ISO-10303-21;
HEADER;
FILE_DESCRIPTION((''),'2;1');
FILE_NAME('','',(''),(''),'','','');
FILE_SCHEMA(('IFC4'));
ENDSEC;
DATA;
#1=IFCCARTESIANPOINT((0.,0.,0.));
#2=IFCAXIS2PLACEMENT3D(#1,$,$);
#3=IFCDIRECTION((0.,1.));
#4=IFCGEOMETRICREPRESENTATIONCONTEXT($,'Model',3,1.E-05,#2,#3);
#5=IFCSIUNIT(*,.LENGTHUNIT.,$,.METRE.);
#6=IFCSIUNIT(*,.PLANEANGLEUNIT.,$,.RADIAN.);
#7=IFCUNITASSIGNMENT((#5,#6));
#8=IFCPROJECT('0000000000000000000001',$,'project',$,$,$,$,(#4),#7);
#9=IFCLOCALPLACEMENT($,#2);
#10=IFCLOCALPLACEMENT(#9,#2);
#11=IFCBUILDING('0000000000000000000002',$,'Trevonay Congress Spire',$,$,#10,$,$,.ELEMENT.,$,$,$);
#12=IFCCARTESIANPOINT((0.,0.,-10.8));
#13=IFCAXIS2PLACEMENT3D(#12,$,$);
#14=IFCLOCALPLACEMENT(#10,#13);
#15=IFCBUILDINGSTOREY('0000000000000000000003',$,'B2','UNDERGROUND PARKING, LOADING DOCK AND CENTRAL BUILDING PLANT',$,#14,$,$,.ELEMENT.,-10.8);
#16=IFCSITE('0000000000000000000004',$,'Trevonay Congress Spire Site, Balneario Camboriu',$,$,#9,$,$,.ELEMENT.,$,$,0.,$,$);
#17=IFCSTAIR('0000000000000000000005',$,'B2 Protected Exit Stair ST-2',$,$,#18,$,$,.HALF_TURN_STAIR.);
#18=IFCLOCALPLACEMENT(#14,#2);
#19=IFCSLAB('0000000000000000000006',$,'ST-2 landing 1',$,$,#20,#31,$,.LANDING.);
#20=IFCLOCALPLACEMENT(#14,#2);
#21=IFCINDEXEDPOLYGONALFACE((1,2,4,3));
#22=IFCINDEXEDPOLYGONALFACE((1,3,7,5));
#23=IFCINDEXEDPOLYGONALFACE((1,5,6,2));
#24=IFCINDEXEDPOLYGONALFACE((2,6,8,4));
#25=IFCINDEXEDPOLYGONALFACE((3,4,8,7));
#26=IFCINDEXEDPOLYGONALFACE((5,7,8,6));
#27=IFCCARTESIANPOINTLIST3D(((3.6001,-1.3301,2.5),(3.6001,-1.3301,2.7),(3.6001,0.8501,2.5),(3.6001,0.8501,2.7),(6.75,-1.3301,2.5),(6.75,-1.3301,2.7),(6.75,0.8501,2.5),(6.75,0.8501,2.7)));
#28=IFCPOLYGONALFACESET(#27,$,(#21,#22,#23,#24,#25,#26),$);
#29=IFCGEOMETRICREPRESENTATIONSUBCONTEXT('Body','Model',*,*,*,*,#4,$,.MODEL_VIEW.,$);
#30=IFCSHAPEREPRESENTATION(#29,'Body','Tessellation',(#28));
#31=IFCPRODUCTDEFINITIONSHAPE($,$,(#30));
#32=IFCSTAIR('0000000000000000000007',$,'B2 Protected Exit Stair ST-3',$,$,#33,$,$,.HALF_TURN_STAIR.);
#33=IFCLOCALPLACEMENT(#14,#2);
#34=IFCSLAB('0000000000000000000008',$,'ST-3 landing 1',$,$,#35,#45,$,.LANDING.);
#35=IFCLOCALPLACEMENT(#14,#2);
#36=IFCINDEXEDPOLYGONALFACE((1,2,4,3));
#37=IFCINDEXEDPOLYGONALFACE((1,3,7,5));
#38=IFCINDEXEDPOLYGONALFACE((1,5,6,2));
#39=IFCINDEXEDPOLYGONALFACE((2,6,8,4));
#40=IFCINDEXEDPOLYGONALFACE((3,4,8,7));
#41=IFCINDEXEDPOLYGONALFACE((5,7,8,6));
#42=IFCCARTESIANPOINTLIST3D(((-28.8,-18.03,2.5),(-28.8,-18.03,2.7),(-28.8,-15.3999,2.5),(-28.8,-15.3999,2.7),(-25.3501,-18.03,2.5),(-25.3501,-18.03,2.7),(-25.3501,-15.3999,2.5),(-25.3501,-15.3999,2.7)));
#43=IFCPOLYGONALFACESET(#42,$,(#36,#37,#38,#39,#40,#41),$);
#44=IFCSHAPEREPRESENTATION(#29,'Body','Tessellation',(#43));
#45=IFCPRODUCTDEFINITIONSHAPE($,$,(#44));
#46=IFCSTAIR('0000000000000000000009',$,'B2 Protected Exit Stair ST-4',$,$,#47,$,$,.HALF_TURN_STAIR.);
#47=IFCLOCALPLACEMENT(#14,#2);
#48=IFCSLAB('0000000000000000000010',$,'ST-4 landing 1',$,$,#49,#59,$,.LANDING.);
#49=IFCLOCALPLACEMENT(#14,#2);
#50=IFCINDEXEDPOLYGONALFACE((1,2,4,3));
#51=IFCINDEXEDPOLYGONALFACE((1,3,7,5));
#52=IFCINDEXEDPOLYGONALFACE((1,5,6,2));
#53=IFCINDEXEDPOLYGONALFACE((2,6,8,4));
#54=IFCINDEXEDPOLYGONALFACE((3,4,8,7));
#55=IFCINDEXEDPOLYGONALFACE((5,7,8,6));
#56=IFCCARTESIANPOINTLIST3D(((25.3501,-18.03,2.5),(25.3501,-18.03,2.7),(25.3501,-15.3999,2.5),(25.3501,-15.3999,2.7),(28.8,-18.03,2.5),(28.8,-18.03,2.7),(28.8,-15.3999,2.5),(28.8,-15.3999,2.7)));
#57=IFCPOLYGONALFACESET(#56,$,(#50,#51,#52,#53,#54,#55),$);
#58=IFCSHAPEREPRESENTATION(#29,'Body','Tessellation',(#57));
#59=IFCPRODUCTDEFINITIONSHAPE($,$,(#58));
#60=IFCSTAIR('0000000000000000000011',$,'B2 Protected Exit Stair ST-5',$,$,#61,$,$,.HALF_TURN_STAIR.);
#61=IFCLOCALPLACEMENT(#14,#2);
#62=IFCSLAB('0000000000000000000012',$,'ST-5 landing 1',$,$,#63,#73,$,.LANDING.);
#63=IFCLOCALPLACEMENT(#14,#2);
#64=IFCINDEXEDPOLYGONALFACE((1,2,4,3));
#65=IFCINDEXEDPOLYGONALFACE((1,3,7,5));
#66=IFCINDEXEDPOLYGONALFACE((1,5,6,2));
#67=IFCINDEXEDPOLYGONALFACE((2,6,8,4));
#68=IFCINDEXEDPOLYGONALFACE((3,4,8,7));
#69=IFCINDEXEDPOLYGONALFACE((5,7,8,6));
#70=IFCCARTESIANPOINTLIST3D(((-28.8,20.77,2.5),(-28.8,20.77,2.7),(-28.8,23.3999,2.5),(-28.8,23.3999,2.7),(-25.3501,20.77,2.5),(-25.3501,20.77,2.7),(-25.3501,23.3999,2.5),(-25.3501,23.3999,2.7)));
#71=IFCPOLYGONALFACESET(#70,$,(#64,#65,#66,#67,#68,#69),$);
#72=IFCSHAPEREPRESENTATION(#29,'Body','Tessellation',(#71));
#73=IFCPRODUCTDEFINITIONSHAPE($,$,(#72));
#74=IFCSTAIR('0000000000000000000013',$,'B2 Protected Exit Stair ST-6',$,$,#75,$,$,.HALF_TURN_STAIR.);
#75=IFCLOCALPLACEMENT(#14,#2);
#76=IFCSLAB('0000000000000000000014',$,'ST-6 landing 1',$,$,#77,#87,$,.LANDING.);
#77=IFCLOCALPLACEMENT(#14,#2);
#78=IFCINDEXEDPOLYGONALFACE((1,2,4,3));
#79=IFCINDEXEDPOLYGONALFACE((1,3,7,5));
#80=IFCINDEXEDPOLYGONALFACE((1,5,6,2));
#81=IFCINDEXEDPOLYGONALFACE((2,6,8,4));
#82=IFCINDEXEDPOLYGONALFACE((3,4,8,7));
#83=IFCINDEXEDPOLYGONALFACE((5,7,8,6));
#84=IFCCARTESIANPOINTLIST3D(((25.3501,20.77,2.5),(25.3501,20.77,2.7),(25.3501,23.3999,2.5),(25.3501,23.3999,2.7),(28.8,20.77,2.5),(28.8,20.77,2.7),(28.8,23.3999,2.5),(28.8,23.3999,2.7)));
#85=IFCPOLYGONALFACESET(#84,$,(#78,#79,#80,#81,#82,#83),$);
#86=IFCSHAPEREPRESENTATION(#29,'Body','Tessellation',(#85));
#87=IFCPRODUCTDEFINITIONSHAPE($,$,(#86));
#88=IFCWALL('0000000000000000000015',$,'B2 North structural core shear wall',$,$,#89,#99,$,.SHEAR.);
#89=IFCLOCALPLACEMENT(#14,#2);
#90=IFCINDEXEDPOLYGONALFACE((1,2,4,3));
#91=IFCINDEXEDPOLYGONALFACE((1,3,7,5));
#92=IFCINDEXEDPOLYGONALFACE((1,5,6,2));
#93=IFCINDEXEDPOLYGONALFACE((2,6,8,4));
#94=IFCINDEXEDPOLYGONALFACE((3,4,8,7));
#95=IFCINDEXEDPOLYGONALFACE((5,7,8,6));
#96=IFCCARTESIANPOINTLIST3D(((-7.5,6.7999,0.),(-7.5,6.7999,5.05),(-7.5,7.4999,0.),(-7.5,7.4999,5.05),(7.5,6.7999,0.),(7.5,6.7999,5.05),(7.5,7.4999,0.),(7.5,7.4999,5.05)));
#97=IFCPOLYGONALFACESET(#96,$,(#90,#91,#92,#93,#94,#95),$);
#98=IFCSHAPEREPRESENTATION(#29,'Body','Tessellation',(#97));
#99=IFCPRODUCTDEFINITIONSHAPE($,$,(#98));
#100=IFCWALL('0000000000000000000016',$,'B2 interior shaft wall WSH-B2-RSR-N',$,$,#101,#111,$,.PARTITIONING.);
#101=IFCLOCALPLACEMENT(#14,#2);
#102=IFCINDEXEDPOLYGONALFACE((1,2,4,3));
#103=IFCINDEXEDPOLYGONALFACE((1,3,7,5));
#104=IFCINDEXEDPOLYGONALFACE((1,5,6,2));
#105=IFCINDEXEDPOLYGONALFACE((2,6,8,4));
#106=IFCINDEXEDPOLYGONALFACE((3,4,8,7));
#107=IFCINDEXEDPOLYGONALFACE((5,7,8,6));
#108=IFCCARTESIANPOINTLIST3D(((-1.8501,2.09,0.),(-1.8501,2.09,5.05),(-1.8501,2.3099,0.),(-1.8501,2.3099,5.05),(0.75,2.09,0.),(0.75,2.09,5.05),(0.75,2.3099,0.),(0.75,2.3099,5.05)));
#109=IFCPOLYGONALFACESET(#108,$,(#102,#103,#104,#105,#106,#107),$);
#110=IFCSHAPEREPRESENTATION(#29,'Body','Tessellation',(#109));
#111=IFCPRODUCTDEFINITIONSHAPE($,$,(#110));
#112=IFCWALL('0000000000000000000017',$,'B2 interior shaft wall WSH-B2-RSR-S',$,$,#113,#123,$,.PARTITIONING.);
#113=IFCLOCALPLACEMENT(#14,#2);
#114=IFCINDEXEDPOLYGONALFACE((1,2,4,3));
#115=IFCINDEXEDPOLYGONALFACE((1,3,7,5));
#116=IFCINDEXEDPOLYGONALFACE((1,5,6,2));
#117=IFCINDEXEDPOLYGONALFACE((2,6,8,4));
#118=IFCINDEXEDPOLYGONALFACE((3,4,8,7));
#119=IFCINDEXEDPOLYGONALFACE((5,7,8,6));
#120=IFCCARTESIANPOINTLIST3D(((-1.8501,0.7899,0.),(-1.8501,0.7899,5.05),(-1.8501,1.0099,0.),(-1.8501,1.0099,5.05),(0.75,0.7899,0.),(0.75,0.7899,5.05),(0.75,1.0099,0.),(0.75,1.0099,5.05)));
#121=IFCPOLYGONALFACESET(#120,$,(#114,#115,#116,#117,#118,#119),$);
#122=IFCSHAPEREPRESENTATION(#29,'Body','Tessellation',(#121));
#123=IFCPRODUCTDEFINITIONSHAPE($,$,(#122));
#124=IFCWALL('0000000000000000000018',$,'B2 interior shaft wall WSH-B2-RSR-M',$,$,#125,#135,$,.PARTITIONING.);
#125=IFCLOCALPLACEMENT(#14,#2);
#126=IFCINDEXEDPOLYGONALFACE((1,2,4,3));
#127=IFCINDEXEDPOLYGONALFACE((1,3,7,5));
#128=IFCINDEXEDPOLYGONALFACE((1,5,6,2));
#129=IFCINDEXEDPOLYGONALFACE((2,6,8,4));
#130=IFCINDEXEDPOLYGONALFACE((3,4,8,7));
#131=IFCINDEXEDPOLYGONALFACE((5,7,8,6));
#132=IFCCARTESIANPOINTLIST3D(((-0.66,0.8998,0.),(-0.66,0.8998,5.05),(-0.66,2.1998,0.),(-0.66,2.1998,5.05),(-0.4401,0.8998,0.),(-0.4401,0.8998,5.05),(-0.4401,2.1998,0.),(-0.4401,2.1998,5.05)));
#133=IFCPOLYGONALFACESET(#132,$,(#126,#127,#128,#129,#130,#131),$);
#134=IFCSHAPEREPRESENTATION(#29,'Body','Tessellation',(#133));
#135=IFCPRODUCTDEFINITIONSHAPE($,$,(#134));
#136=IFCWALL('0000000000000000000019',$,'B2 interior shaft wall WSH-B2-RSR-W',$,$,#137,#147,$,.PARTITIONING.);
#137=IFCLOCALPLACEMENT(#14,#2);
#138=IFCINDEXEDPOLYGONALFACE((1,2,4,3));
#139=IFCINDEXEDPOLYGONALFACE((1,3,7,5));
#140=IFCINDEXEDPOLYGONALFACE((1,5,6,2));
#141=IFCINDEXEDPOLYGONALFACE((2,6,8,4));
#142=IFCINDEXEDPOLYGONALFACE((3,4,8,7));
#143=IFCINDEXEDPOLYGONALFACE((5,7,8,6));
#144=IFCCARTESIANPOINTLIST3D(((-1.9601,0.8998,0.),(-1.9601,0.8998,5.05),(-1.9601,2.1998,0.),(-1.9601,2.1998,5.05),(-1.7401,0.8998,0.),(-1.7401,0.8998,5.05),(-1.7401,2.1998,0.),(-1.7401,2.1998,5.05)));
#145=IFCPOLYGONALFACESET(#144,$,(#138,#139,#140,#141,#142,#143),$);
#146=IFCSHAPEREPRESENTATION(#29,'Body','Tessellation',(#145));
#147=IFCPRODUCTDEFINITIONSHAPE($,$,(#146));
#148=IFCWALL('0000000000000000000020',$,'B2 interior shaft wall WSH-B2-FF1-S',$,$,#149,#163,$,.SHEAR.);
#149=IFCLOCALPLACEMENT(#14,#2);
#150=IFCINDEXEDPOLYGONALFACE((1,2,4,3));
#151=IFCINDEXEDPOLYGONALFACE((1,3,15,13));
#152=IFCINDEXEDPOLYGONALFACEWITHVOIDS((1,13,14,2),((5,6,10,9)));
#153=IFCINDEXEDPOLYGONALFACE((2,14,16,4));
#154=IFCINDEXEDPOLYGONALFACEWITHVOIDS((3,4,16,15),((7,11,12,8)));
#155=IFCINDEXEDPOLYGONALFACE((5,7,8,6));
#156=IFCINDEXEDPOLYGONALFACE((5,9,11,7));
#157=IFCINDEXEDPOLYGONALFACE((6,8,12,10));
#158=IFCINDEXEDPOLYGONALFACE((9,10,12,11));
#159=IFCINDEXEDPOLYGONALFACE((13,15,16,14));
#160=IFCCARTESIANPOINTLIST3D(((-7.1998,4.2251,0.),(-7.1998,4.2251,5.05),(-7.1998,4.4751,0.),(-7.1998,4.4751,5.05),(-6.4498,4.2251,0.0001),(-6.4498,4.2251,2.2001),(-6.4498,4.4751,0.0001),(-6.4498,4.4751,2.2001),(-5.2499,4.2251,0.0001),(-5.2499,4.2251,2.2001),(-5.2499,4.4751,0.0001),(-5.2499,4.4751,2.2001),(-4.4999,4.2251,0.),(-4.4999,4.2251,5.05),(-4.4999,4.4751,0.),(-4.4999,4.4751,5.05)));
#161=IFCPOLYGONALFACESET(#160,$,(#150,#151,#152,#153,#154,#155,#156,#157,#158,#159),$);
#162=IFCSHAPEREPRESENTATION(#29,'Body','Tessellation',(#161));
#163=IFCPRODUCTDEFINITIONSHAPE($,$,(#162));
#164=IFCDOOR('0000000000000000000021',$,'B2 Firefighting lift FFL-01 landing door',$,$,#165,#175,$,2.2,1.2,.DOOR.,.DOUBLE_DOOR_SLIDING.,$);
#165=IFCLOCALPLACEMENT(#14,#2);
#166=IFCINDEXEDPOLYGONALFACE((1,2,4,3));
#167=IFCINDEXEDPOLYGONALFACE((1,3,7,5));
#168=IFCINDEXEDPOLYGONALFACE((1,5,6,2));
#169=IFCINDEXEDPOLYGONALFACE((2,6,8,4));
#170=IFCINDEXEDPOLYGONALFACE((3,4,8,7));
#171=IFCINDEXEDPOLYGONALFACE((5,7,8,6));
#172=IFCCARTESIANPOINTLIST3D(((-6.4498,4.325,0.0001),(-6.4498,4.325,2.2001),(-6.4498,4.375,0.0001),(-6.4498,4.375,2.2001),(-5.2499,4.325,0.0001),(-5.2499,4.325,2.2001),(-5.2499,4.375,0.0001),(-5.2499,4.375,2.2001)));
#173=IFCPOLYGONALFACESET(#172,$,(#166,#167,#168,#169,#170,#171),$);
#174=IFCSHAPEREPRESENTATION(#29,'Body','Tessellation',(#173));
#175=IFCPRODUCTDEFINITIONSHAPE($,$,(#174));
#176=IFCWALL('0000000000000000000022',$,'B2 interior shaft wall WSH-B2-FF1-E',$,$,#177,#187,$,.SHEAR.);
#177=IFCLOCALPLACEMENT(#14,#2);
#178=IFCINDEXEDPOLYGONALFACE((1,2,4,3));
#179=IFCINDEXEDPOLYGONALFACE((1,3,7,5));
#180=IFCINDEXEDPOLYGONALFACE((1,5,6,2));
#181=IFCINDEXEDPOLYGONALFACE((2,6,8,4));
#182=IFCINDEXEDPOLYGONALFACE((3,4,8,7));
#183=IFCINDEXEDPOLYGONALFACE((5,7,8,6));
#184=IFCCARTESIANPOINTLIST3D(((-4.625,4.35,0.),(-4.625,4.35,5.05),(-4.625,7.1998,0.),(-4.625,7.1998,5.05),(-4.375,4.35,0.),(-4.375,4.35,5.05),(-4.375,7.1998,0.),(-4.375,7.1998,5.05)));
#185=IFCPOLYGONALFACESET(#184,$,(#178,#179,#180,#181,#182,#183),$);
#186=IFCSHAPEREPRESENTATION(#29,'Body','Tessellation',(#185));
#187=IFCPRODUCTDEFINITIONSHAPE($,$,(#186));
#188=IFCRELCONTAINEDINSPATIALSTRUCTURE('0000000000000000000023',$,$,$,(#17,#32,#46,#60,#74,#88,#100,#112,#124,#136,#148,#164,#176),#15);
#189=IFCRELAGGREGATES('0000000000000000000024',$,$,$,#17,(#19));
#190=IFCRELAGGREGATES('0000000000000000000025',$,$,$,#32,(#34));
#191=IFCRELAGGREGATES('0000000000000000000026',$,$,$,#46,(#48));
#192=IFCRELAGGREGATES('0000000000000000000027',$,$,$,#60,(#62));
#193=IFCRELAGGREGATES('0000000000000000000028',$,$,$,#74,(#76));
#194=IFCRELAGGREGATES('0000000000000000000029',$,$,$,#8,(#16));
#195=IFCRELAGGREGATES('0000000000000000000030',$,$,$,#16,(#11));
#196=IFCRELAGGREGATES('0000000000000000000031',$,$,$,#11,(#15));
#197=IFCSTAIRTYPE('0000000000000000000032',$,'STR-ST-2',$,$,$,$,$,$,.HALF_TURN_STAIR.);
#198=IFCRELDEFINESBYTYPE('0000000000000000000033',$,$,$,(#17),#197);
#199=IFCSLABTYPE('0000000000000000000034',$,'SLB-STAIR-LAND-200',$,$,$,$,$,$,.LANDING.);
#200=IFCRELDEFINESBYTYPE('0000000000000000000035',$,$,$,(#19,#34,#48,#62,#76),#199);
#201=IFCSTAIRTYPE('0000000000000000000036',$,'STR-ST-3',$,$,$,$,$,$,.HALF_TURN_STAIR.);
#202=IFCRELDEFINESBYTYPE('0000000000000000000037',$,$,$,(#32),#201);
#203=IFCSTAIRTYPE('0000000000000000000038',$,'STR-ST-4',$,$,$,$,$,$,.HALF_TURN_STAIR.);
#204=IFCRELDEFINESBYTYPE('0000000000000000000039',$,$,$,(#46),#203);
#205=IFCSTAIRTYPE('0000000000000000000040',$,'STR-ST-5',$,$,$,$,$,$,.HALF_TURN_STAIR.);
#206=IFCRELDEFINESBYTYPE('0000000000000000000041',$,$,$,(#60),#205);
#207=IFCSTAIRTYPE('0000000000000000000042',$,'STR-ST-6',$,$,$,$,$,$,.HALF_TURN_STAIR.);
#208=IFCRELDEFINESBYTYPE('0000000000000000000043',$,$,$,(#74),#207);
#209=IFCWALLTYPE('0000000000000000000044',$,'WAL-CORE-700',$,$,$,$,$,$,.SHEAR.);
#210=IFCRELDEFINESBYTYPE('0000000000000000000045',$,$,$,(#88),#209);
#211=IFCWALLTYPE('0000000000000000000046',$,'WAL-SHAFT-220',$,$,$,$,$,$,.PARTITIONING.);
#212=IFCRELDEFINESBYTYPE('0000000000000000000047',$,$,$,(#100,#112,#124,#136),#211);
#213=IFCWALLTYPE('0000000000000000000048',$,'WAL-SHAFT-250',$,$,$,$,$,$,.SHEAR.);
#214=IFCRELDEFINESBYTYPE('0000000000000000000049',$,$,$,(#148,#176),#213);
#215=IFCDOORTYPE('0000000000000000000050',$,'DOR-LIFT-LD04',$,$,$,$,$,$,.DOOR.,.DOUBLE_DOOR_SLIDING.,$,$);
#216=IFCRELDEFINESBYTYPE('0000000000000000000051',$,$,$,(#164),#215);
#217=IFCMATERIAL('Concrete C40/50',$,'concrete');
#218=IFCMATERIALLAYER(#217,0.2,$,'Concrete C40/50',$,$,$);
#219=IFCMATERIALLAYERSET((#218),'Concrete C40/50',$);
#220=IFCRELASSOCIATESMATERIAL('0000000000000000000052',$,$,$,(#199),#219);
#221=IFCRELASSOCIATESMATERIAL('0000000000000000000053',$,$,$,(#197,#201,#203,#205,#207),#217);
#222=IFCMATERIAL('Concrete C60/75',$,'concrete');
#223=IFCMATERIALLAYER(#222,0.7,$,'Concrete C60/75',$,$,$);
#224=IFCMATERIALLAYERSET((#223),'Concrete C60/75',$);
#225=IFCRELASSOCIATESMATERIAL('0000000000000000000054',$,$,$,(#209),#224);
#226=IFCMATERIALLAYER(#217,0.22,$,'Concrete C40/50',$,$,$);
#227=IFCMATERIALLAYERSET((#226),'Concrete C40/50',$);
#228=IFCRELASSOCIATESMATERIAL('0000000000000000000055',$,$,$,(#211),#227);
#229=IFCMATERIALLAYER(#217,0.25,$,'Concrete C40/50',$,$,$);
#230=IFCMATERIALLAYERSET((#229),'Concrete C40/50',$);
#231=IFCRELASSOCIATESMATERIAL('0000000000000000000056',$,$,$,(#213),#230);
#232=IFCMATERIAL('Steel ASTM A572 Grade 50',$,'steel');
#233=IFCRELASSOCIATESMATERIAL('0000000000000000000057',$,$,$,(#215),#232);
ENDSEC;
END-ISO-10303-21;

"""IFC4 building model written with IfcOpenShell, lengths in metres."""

from ifc_helpers import new_model, si_unit, direction, frame, frame_2d, origin, place, context, subcontext, project, spatial, polyline, rectangle, outline, extrude, material, layer, layer_set, type_object, element, fill, aggregate, save


model = new_model("IFC4")

# Units and contexts
model_context = context("Model", 3, precision=1e-05, world=origin(), true_north=direction((0.0, 1.0)))
body_context = subcontext(model_context, "Body", "Model", "MODEL_VIEW")
ifc_project = project(units=[si_unit("LENGTHUNIT", "METRE"), si_unit("PLANEANGLEUNIT", "RADIAN")], contexts=[model_context])

# Site, building, storey
site_placement = place(None, origin())
site = spatial("IfcSite", under=ifc_project, at=site_placement, Name="Trevonay Congress Spire Site, Balneario Camboriu", CompositionType="ELEMENT", RefElevation=0.0)
building_placement = place(site_placement, origin())
building = spatial("IfcBuilding", under=site, at=building_placement, Name="Trevonay Congress Spire", CompositionType="ELEMENT")
storey_placement = place(building_placement, frame((0.0, 0.0, -10.8)))
storey = spatial("IfcBuildingStorey", under=building, at=storey_placement, Name="B2", Description="UNDERGROUND PARKING, LOADING DOCK AND CENTRAL BUILDING PLANT", CompositionType="ELEMENT", Elevation=-10.8)

# Stairs, slabs
ifc_material_1 = material(Name="Concrete C40/50", Category="concrete")
ifc_layer_1 = layer(ifc_material_1, 0.2, Name="Concrete C40/50")
ifc_layer_set_1 = layer_set([ifc_layer_1], Name="Concrete C40/50")
slab_type_1 = type_object("IfcSlabType", Name="SLB-STAIR-LAND-200", PredefinedType="LANDING", material=ifc_layer_set_1)
stair_type_1 = type_object("IfcStairType", Name="STR-ST-2", PredefinedType="HALF_TURN_STAIR", material=ifc_material_1)
stair_1_placement = place(storey_placement, origin())
stair_1 = element("IfcStair", 1, at=stair_1_placement, inside=storey, type_object=stair_type_1, Name="B2 Protected Exit Stair ST-2", PredefinedType="HALF_TURN_STAIR")
slab_1_placement = place(storey_placement, frame((0.0, 0.0, 2.5)))
slab_1 = element("IfcSlab", 2, at=slab_1_placement, type_object=slab_type_1, Name="ST-2 landing 1", PredefinedType="LANDING", context=body_context, shape_type="SweptSolid", body=[
    extrude(outline(polyline([(6.75, -1.3301), (6.75, 0.8501), (3.6001, 0.8501), (3.6001, -1.3301), (6.75, -1.3301)])), origin(), (0.0, 0.0, 1.0), 0.2),
])
aggregate(stair_1, [slab_1])
stair_type_2 = type_object("IfcStairType", Name="STR-ST-3", PredefinedType="HALF_TURN_STAIR", material=ifc_material_1)
stair_2_placement = place(storey_placement, origin())
stair_2 = element("IfcStair", 3, at=stair_2_placement, inside=storey, type_object=stair_type_2, Name="B2 Protected Exit Stair ST-3", PredefinedType="HALF_TURN_STAIR")
slab_2_placement = place(storey_placement, frame((0.0, 0.0, 2.5)))
slab_2 = element("IfcSlab", 4, at=slab_2_placement, type_object=slab_type_1, Name="ST-3 landing 1", PredefinedType="LANDING", context=body_context, shape_type="SweptSolid", body=[
    extrude(outline(polyline([(-25.3501, -18.03), (-25.3501, -15.3999), (-28.8, -15.3999), (-28.8, -18.03), (-25.3501, -18.03)])), origin(), (0.0, 0.0, 1.0), 0.2),
])
aggregate(stair_2, [slab_2])
stair_type_3 = type_object("IfcStairType", Name="STR-ST-4", PredefinedType="HALF_TURN_STAIR", material=ifc_material_1)
stair_3_placement = place(storey_placement, origin())
stair_3 = element("IfcStair", 5, at=stair_3_placement, inside=storey, type_object=stair_type_3, Name="B2 Protected Exit Stair ST-4", PredefinedType="HALF_TURN_STAIR")
slab_3_placement = place(storey_placement, frame((0.0, 0.0, 2.5)))
slab_3 = element("IfcSlab", 6, at=slab_3_placement, type_object=slab_type_1, Name="ST-4 landing 1", PredefinedType="LANDING", context=body_context, shape_type="SweptSolid", body=[
    extrude(outline(polyline([(28.8, -18.03), (28.8, -15.3999), (25.3501, -15.3999), (25.3501, -18.03), (28.8, -18.03)])), origin(), (0.0, 0.0, 1.0), 0.2),
])
aggregate(stair_3, [slab_3])
stair_type_4 = type_object("IfcStairType", Name="STR-ST-5", PredefinedType="HALF_TURN_STAIR", material=ifc_material_1)
stair_4_placement = place(storey_placement, origin())
stair_4 = element("IfcStair", 7, at=stair_4_placement, inside=storey, type_object=stair_type_4, Name="B2 Protected Exit Stair ST-5", PredefinedType="HALF_TURN_STAIR")
slab_4_placement = place(storey_placement, frame((0.0, 0.0, 2.5)))
slab_4 = element("IfcSlab", 8, at=slab_4_placement, type_object=slab_type_1, Name="ST-5 landing 1", PredefinedType="LANDING", context=body_context, shape_type="SweptSolid", body=[
    extrude(outline(polyline([(-25.3501, 20.77), (-25.3501, 23.3999), (-28.8, 23.3999), (-28.8, 20.77), (-25.3501, 20.77)])), origin(), (0.0, 0.0, 1.0), 0.2),
])
aggregate(stair_4, [slab_4])
stair_type_5 = type_object("IfcStairType", Name="STR-ST-6", PredefinedType="HALF_TURN_STAIR", material=ifc_material_1)
stair_5_placement = place(storey_placement, origin())
stair_5 = element("IfcStair", 9, at=stair_5_placement, inside=storey, type_object=stair_type_5, Name="B2 Protected Exit Stair ST-6", PredefinedType="HALF_TURN_STAIR")
slab_5_placement = place(storey_placement, frame((0.0, 0.0, 2.5)))
slab_5 = element("IfcSlab", 10, at=slab_5_placement, type_object=slab_type_1, Name="ST-6 landing 1", PredefinedType="LANDING", context=body_context, shape_type="SweptSolid", body=[
    extrude(outline(polyline([(28.8, 20.77), (28.8, 23.3999), (25.3501, 23.3999), (25.3501, 20.77), (28.8, 20.77)])), origin(), (0.0, 0.0, 1.0), 0.2),
])
aggregate(stair_5, [slab_5])

# Walls
ifc_material_2 = material(Name="Concrete C60/75", Category="concrete")
ifc_layer_2 = layer(ifc_material_2, 0.7, Name="Concrete C60/75")
ifc_layer_set_2 = layer_set([ifc_layer_2], Name="Concrete C60/75")
wall_type_1 = type_object("IfcWallType", Name="WAL-CORE-700", PredefinedType="SHEAR", material=ifc_layer_set_2)
wall_1_placement = place(storey_placement, frame((-7.5, 7.1499, 0.0), z_axis=(0.0, 0.0, 1.0), x_axis=(1.0, 0.0, 0.0)))
element("IfcWall", 11, at=wall_1_placement, inside=storey, type_object=wall_type_1, Name="B2 North structural core shear wall", PredefinedType="SHEAR", context=body_context, shape_type="SweptSolid", body=[
    extrude(rectangle(XDim=15.0, YDim=0.7, at=frame_2d((7.5, 0.0))), origin(), (0.0, 0.0, 1.0), 5.05),
])
ifc_layer_3 = layer(ifc_material_1, 0.22, Name="Concrete C40/50")
ifc_layer_set_3 = layer_set([ifc_layer_3], Name="Concrete C40/50")
wall_type_2 = type_object("IfcWallType", Name="WAL-SHAFT-220", PredefinedType="PARTITIONING", material=ifc_layer_set_3)
for number, where, z_axis, x_axis, name in (
    (12, (-1.8501, 2.2, 0.0), (0.0, 0.0, 1.0), (1.0, 0.0, 0.0), "B2 interior shaft wall WSH-B2-RSR-N"),
    (13, (-1.8501, 0.8999, 0.0), (0.0, 0.0, 1.0), (1.0, 0.0, 0.0), "B2 interior shaft wall WSH-B2-RSR-S"),
):
    element("IfcWall", number, at=place(storey_placement, frame(where, z_axis=z_axis, x_axis=x_axis)), inside=storey, type_object=wall_type_2, Name=name, PredefinedType="PARTITIONING", context=body_context, shape_type="SweptSolid", body=[
        extrude(rectangle(XDim=2.6001, YDim=0.22, at=frame_2d((1.3, 0.0))), origin(), (0.0, 0.0, 1.0), 5.05),
    ])
for number, where, z_axis, x_axis, name in (
    (14, (-0.55, 0.8999, 0.0), (0.0, 0.0, 1.0), (0.0, 1.0, 0.0), "B2 interior shaft wall WSH-B2-RSR-M"),
    (15, (-1.8501, 0.8999, 0.0), (0.0, 0.0, 1.0), (0.0, 1.0, 0.0), "B2 interior shaft wall WSH-B2-RSR-W"),
):
    element("IfcWall", number, at=place(storey_placement, frame(where, z_axis=z_axis, x_axis=x_axis)), inside=storey, type_object=wall_type_2, Name=name, PredefinedType="PARTITIONING", context=body_context, shape_type="SweptSolid", body=[
        extrude(rectangle(XDim=1.3, YDim=0.22, at=frame_2d((0.6499, 0.0))), origin(), (0.0, 0.0, 1.0), 5.05),
    ])

# Wall, opening, door
ifc_layer_4 = layer(ifc_material_1, 0.25, Name="Concrete C40/50")
ifc_layer_set_4 = layer_set([ifc_layer_4], Name="Concrete C40/50")
wall_type_3 = type_object("IfcWallType", Name="WAL-SHAFT-250", PredefinedType="SHEAR", material=ifc_layer_set_4)
wall_2_placement = place(storey_placement, frame((-7.2, 4.3501, 0.0), z_axis=(0.0, 0.0, 1.0), x_axis=(1.0, 0.0, 0.0)))
wall_2 = element("IfcWall", 16, at=wall_2_placement, inside=storey, type_object=wall_type_3, Name="B2 interior shaft wall WSH-B2-FF1-S", PredefinedType="SHEAR", context=body_context, shape_type="SweptSolid", body=[
    extrude(rectangle(XDim=2.7, YDim=0.25, at=frame_2d((1.3501, 0.0))), origin(), (0.0, 0.0, 1.0), 5.05),
])
opening_1_placement = place(wall_2_placement, frame((0.75, 0.0, 0.0)))
opening_1 = element("IfcOpeningElement", 17, at=opening_1_placement, cuts=wall_2, PredefinedType="OPENING", context=body_context, shape_type="SweptSolid", body=[
    extrude(rectangle(XDim=1.2, YDim=2.2, at=frame_2d((0.6001, 1.1001))), frame((0.0, 0.135, 0.0), z_axis=(0.0, -1.0, 0.0), x_axis=(1.0, 0.0, 0.0)), (0.0, 0.0, 1.0), 0.27),
])
ifc_material_3 = material(Name="Steel ASTM A572 Grade 50", Category="steel")
door_type_1 = type_object("IfcDoorType", Name="DOR-LIFT-LD04", OperationType="DOUBLE_DOOR_SLIDING", PredefinedType="DOOR", material=ifc_material_3)
door_1_placement = place(opening_1_placement, origin())
door_1 = element("IfcDoor", 18, at=door_1_placement, inside=storey, type_object=door_type_1, Name="B2 Firefighting lift FFL-01 landing door", OperationType="DOUBLE_DOOR_SLIDING", OverallHeight=2.2, OverallWidth=1.2, PredefinedType="DOOR", context=body_context, shape_type="SweptSolid", body=[
    extrude(rectangle(XDim=1.2, YDim=2.2, at=frame_2d((0.6001, 1.1001))), frame((0.0, 0.0249, 0.0), z_axis=(0.0, -1.0, 0.0), x_axis=(1.0, 0.0, 0.0)), (0.0, 0.0, 1.0), 0.05),
])
fill(opening_1, door_1)

# Wall
wall_3_placement = place(storey_placement, frame((-4.5, 4.3501, 0.0), z_axis=(0.0, 0.0, 1.0), x_axis=(0.0, 1.0, 0.0)))
element("IfcWall", 19, at=wall_3_placement, inside=storey, type_object=wall_type_3, Name="B2 interior shaft wall WSH-B2-FF1-E", PredefinedType="SHEAR", context=body_context, shape_type="SweptSolid", body=[
    extrude(rectangle(XDim=2.8499, YDim=0.25, at=frame_2d((1.4248, 0.0))), origin(), (0.0, 0.0, 1.0), 5.05),
])

save(model, "model.ifc")
